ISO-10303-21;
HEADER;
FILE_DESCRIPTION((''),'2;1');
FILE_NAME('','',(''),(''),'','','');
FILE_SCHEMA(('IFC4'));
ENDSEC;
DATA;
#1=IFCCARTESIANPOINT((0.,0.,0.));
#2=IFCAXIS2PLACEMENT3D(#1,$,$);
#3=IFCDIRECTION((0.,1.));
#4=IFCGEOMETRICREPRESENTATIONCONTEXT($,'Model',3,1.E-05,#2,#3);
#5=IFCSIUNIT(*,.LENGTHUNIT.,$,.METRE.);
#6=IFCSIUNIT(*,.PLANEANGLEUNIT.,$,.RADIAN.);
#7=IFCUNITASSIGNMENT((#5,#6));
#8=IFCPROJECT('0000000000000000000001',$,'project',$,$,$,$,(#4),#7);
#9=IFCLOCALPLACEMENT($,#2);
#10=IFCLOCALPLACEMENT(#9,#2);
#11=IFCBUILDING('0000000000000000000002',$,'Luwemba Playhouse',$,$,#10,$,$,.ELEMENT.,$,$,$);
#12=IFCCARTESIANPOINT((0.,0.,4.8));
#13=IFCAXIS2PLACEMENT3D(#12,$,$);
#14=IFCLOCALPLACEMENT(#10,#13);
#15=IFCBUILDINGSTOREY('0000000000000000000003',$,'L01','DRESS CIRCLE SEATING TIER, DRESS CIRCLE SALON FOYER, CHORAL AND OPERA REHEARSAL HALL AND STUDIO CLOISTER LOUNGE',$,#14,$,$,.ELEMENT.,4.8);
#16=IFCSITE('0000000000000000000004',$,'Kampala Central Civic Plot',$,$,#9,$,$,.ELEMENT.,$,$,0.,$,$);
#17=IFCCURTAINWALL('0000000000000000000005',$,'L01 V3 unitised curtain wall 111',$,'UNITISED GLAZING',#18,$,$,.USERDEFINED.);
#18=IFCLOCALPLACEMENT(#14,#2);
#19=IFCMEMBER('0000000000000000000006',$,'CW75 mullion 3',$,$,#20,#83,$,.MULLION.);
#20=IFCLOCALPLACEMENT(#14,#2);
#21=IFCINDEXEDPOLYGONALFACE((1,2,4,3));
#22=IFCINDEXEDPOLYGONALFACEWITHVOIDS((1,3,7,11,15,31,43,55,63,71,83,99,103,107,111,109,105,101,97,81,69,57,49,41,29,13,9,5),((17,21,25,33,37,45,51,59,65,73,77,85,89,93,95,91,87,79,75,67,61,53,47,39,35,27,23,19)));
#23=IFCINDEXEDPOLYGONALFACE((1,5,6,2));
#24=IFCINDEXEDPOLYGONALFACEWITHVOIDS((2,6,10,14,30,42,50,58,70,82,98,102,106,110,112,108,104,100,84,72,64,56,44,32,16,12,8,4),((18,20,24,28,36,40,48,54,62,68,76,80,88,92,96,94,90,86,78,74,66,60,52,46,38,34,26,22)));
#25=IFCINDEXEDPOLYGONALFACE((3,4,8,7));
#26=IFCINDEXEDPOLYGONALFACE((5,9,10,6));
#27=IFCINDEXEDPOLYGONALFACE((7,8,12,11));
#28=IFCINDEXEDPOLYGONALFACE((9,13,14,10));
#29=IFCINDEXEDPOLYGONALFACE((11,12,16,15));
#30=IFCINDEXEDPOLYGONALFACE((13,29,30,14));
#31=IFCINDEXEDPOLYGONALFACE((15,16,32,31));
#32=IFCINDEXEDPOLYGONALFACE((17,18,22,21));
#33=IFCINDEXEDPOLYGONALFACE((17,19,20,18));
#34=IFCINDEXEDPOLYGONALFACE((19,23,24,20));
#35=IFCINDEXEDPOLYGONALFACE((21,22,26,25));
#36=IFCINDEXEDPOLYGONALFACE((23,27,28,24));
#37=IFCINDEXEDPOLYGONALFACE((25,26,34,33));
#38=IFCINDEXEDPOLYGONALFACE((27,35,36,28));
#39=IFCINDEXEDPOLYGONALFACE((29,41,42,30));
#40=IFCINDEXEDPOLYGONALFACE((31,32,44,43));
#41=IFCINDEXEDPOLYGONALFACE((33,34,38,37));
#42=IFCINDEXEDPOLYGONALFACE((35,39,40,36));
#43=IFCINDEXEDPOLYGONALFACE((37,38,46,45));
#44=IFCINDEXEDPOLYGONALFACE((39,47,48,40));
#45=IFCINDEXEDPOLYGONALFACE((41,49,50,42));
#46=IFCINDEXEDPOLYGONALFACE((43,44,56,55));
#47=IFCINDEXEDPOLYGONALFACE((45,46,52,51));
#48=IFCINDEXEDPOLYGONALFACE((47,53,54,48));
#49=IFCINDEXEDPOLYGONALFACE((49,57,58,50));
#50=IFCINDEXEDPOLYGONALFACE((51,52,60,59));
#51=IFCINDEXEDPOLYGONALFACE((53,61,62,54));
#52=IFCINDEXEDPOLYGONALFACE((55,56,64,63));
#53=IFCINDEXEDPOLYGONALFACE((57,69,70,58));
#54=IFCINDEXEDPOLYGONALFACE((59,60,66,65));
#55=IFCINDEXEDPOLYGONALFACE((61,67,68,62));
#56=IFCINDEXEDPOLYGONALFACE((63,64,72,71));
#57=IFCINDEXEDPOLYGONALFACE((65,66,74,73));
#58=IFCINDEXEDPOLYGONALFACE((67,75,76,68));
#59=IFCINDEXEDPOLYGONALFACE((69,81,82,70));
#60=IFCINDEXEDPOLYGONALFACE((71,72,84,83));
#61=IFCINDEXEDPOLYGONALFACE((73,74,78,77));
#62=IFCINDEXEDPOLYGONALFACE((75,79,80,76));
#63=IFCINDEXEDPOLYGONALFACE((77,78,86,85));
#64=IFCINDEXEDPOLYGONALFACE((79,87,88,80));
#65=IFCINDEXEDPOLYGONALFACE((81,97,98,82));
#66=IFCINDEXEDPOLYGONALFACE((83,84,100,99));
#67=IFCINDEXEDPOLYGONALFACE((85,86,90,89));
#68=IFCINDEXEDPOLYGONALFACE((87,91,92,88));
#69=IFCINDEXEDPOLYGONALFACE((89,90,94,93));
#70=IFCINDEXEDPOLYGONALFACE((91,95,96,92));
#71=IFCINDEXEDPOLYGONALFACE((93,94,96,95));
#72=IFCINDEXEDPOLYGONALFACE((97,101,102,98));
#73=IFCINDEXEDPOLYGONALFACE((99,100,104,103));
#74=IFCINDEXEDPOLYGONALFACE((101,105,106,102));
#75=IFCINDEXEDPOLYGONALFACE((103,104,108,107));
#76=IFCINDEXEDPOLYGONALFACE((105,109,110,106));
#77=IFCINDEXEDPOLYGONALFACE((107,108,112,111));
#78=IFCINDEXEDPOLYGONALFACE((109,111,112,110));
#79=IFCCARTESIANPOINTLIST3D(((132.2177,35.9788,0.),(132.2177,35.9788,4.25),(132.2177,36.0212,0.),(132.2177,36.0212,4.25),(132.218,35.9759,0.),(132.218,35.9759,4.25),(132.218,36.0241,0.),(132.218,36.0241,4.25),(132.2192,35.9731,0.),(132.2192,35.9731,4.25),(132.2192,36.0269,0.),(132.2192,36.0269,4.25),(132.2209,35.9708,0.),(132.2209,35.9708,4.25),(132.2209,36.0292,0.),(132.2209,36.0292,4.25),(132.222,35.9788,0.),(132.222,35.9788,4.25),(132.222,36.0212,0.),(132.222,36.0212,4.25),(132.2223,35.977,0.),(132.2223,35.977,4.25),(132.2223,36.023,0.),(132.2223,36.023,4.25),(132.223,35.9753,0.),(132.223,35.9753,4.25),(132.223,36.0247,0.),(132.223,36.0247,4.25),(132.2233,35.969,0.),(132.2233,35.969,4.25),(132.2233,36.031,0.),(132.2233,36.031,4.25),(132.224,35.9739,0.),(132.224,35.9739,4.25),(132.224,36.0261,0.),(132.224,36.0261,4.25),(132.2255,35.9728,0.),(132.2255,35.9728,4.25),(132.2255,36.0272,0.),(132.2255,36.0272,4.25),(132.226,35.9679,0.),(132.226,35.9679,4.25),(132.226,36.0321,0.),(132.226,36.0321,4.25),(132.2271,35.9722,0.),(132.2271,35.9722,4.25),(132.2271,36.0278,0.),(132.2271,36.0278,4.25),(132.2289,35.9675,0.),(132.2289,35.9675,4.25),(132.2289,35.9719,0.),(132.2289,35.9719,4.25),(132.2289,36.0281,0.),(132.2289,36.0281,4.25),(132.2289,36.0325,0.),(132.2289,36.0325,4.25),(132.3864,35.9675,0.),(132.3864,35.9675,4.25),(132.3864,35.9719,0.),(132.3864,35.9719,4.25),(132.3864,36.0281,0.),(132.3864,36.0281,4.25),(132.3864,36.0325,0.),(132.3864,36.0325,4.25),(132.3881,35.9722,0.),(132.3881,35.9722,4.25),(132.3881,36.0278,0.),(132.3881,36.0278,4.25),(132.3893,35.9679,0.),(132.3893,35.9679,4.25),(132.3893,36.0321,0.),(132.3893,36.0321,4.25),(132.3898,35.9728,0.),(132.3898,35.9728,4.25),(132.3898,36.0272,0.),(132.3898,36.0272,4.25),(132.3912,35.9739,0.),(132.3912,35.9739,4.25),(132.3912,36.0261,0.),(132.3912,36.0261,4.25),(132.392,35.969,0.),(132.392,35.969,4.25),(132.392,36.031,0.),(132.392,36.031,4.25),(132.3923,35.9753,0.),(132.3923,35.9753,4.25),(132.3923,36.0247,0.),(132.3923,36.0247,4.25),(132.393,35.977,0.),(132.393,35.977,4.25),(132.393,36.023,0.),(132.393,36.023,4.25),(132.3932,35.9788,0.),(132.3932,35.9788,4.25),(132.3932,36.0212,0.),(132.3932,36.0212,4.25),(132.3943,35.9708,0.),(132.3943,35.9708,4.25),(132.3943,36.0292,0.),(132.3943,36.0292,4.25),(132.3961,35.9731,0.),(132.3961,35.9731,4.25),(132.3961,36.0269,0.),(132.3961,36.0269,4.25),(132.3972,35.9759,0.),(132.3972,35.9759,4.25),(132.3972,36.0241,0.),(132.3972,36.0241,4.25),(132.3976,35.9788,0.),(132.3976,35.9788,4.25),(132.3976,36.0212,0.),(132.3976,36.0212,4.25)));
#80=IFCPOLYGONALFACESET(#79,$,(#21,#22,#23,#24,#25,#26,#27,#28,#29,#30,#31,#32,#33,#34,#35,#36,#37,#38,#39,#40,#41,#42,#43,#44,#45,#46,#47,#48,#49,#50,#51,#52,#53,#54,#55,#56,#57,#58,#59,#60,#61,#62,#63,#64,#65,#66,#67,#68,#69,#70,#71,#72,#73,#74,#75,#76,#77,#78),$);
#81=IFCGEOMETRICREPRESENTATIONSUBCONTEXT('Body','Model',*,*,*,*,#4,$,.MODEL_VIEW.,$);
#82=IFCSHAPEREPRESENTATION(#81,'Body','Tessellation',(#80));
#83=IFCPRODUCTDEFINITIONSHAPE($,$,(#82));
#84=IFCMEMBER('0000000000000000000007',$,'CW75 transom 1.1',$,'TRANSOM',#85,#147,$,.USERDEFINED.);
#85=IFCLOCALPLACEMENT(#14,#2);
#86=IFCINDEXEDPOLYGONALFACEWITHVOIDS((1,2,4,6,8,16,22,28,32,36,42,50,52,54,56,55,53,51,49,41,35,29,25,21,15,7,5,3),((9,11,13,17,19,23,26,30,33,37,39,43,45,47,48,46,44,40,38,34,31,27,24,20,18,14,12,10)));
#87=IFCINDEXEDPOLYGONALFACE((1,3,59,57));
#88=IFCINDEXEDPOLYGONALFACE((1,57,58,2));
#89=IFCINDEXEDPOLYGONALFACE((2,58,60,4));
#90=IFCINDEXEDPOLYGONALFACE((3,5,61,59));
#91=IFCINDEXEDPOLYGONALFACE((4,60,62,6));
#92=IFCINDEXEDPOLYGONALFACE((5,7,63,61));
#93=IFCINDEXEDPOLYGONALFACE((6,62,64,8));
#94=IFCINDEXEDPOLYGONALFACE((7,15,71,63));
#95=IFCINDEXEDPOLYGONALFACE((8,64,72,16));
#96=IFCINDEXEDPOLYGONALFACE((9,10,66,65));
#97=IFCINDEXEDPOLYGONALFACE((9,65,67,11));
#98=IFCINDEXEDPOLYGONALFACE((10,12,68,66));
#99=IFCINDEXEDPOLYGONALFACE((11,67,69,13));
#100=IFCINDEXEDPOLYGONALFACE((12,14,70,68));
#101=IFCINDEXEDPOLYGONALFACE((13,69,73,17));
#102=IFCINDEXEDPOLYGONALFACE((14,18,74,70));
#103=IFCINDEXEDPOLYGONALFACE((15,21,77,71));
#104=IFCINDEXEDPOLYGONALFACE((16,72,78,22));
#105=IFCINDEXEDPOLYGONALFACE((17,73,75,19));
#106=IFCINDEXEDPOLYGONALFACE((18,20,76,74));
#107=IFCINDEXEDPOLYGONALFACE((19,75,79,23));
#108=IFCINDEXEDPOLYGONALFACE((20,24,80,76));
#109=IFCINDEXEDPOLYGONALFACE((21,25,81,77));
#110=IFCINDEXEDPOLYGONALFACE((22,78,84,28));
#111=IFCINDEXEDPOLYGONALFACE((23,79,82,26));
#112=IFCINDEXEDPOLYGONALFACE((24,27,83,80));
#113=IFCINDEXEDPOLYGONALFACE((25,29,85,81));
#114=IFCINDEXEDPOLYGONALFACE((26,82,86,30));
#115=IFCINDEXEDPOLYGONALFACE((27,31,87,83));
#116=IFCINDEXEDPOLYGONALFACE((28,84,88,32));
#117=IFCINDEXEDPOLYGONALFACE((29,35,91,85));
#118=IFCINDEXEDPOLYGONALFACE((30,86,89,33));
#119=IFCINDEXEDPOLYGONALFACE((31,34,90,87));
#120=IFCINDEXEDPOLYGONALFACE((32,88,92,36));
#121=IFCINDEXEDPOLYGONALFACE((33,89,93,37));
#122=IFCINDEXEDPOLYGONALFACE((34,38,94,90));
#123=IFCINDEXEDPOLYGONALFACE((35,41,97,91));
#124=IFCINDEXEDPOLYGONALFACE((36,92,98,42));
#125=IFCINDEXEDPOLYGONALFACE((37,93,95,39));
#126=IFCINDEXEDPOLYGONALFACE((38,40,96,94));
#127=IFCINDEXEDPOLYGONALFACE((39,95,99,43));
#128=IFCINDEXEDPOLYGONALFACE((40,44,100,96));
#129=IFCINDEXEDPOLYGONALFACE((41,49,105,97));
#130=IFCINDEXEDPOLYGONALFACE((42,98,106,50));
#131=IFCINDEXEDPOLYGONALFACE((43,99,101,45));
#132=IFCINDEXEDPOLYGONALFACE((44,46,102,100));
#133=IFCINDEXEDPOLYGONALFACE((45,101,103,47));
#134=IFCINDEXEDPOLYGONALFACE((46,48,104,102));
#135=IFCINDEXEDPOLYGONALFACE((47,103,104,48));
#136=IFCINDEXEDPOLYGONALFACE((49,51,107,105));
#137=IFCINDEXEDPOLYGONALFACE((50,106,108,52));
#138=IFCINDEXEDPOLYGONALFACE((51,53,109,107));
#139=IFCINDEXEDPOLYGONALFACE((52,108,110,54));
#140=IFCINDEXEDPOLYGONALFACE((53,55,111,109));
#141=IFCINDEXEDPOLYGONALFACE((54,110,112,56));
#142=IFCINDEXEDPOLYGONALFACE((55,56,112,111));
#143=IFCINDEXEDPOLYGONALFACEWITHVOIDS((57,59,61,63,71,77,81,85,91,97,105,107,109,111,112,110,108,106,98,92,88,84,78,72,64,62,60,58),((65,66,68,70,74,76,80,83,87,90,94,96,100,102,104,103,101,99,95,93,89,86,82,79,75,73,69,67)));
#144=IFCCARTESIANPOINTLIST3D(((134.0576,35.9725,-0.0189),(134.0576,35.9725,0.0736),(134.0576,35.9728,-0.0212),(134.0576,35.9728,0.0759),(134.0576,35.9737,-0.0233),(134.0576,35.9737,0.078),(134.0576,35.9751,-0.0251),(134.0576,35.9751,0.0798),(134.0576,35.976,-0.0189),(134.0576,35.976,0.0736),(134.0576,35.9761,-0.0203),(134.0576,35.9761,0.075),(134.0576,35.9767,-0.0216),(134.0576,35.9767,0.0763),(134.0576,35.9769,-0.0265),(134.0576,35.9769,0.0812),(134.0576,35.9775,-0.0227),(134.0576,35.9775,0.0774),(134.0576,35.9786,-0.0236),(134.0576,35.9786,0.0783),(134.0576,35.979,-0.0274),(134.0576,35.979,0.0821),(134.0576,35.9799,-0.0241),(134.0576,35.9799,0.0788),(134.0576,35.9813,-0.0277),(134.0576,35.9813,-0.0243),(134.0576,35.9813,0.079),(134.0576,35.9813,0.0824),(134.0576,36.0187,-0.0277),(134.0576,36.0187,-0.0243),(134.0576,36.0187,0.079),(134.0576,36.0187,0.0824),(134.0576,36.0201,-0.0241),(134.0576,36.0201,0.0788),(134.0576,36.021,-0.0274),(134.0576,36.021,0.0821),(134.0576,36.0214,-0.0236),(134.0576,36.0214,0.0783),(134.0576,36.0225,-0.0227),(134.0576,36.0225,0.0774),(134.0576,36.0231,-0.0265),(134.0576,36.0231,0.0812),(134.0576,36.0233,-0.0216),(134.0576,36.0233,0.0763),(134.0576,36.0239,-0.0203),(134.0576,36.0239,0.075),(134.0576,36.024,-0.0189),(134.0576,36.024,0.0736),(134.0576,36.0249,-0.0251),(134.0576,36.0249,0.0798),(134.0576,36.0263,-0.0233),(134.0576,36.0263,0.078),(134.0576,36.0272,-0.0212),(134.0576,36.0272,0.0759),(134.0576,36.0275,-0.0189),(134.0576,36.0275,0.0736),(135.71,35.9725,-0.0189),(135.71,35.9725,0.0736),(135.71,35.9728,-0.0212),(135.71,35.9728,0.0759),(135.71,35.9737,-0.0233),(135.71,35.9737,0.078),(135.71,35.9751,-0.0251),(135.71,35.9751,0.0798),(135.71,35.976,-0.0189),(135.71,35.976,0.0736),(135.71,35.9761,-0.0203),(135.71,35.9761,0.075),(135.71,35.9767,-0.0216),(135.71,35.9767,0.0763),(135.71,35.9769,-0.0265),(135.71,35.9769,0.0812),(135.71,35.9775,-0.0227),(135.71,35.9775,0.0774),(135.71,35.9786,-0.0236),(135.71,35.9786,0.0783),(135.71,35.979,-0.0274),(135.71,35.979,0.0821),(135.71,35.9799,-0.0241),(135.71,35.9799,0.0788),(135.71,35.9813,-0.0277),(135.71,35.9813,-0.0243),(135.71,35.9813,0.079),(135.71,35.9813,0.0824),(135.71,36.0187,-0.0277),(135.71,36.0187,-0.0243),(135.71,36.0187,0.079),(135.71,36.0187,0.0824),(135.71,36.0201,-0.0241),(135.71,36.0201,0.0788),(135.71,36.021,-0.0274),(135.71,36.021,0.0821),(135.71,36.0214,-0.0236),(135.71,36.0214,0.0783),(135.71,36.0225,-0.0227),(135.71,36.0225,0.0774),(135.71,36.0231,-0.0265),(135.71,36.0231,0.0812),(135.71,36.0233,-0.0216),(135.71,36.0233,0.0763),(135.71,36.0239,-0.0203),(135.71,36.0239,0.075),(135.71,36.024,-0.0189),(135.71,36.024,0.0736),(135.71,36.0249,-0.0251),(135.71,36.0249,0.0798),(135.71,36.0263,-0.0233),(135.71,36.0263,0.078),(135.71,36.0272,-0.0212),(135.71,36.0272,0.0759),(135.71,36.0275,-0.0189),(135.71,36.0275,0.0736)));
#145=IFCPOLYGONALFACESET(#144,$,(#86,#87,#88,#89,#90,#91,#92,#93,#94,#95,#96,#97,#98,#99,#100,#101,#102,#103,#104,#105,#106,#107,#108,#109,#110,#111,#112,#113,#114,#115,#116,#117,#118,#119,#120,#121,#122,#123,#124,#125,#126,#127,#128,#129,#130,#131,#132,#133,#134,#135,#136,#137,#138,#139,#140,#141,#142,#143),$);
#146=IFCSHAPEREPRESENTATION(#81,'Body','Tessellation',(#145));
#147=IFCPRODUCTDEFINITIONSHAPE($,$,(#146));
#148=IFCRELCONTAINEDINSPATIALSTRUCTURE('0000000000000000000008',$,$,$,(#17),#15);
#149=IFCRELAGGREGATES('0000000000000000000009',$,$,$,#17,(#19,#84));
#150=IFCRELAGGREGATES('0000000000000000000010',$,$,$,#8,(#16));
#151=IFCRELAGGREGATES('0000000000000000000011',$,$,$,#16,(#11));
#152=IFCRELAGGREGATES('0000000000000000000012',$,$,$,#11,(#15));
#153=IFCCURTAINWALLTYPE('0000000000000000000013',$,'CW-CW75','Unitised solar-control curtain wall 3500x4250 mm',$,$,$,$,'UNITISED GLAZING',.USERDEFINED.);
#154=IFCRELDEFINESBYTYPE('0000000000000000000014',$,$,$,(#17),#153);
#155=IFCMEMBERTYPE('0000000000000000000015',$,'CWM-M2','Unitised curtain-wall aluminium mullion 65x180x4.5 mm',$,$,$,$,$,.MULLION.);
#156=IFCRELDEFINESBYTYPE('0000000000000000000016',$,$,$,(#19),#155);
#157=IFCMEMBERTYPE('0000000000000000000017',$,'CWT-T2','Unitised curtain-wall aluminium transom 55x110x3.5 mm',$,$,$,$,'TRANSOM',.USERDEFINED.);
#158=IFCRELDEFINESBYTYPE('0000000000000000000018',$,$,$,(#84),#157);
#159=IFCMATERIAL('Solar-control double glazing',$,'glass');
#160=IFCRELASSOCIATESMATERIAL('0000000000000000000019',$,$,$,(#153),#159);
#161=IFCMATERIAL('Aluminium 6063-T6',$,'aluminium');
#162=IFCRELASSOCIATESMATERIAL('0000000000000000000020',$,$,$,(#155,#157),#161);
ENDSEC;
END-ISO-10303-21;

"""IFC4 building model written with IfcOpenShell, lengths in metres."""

from ifc_helpers import new_model, si_unit, direction, frame, origin, origin_2d, place, context, subcontext, project, spatial, hollow_rectangle, extrude, material, material_profile, profile_set, type_object, element, aggregate, save


model = new_model("IFC4")

# Units and contexts
model_context = context("Model", 3, precision=1e-05, world=origin(), true_north=direction((0.0, 1.0)))
body_context = subcontext(model_context, "Body", "Model", "MODEL_VIEW")
ifc_project = project(units=[si_unit("LENGTHUNIT", "METRE"), si_unit("PLANEANGLEUNIT", "RADIAN")], contexts=[model_context])

# Site, building, storey
site_placement = place(None, origin())
site = spatial("IfcSite", under=ifc_project, at=site_placement, Name="Kampala Central Civic Plot", CompositionType="ELEMENT", RefElevation=0.0)
building_placement = place(site_placement, origin())
building = spatial("IfcBuilding", under=site, at=building_placement, Name="Luwemba Playhouse", CompositionType="ELEMENT")
storey_placement = place(building_placement, frame((0.0, 0.0, 4.8)))
storey = spatial("IfcBuildingStorey", under=building, at=storey_placement, Name="L01", Description="DRESS CIRCLE SEATING TIER, DRESS CIRCLE SALON FOYER, CHORAL AND OPERA REHEARSAL HALL AND STUDIO CLOISTER LOUNGE", CompositionType="ELEMENT", Elevation=4.8)

# Shared definitions
ifc_material_1 = material(Name="Solar-control double glazing", Category="glass")
ifc_material_2 = material(Name="Aluminium 6063-T6", Category="aluminium")

# Curtain wall, members
curtain_wall_type_1 = type_object("IfcCurtainWallType", Name="CW-CW75", Description="Unitised solar-control curtain wall 3500x4250 mm", ElementType="UNITISED GLAZING", PredefinedType="USERDEFINED", material=ifc_material_1)
curtain_wall_1_placement = place(storey_placement, origin())
curtain_wall_1 = element("IfcCurtainWall", 1, at=curtain_wall_1_placement, inside=storey, type_object=curtain_wall_type_1, Name="L01 V3 unitised curtain wall 111", ObjectType="UNITISED GLAZING", PredefinedType="USERDEFINED")
ifc_material_profile_1 = material_profile(ifc_material_2, hollow_rectangle(XDim=0.0649, YDim=0.1799, WallThickness=0.0044, InnerFilletRadius=0.0068, OuterFilletRadius=0.0112, at=origin_2d()))
ifc_profile_set_1 = profile_set([ifc_material_profile_1], Name="Aluminium 6063-T6")
member_type_1 = type_object("IfcMemberType", Name="CWM-M2", Description="Unitised curtain-wall aluminium mullion 65x180x4.5 mm", PredefinedType="MULLION", material=ifc_profile_set_1)
member_1_placement = place(storey_placement, frame((132.3076, 36.0, 0.0), z_axis=(0.0, 0.0, 1.0), x_axis=(0.0, -1.0, 0.0)))
member_1 = element("IfcMember", 2, at=member_1_placement, type_object=member_type_1, Name="CW75 mullion 3", PredefinedType="MULLION", context=body_context, shape_type="SweptSolid", body=[
    extrude(hollow_rectangle(XDim=0.0649, YDim=0.1799, WallThickness=0.0044, InnerFilletRadius=0.0068, OuterFilletRadius=0.0112, at=origin_2d()), origin(), (0.0, 0.0, 1.0), 4.25),
])
ifc_material_profile_2 = material_profile(ifc_material_2, hollow_rectangle(XDim=0.0549, YDim=0.1101, WallThickness=0.0034, InnerFilletRadius=0.0054, OuterFilletRadius=0.0088, at=origin_2d()))
ifc_profile_set_2 = profile_set([ifc_material_profile_2], Name="Aluminium 6063-T6")
member_type_2 = type_object("IfcMemberType", Name="CWT-T2", Description="Unitised curtain-wall aluminium transom 55x110x3.5 mm", ElementType="TRANSOM", PredefinedType="USERDEFINED", material=ifc_profile_set_2)
member_2_placement = place(storey_placement, frame((135.71, 36.0, 0.0273), z_axis=(-1.0, 0.0, 0.0), x_axis=(0.0, -1.0, 0.0)))
member_2 = element("IfcMember", 3, at=member_2_placement, type_object=member_type_2, Name="CW75 transom 1.1", ObjectType="TRANSOM", PredefinedType="USERDEFINED", context=body_context, shape_type="SweptSolid", body=[
    extrude(hollow_rectangle(XDim=0.0549, YDim=0.1101, WallThickness=0.0034, InnerFilletRadius=0.0054, OuterFilletRadius=0.0088, at=origin_2d()), origin(), (0.0, 0.0, 1.0), 1.6523),
])

aggregate(curtain_wall_1, [member_1, member_2])

save(model, "model.ifc")
